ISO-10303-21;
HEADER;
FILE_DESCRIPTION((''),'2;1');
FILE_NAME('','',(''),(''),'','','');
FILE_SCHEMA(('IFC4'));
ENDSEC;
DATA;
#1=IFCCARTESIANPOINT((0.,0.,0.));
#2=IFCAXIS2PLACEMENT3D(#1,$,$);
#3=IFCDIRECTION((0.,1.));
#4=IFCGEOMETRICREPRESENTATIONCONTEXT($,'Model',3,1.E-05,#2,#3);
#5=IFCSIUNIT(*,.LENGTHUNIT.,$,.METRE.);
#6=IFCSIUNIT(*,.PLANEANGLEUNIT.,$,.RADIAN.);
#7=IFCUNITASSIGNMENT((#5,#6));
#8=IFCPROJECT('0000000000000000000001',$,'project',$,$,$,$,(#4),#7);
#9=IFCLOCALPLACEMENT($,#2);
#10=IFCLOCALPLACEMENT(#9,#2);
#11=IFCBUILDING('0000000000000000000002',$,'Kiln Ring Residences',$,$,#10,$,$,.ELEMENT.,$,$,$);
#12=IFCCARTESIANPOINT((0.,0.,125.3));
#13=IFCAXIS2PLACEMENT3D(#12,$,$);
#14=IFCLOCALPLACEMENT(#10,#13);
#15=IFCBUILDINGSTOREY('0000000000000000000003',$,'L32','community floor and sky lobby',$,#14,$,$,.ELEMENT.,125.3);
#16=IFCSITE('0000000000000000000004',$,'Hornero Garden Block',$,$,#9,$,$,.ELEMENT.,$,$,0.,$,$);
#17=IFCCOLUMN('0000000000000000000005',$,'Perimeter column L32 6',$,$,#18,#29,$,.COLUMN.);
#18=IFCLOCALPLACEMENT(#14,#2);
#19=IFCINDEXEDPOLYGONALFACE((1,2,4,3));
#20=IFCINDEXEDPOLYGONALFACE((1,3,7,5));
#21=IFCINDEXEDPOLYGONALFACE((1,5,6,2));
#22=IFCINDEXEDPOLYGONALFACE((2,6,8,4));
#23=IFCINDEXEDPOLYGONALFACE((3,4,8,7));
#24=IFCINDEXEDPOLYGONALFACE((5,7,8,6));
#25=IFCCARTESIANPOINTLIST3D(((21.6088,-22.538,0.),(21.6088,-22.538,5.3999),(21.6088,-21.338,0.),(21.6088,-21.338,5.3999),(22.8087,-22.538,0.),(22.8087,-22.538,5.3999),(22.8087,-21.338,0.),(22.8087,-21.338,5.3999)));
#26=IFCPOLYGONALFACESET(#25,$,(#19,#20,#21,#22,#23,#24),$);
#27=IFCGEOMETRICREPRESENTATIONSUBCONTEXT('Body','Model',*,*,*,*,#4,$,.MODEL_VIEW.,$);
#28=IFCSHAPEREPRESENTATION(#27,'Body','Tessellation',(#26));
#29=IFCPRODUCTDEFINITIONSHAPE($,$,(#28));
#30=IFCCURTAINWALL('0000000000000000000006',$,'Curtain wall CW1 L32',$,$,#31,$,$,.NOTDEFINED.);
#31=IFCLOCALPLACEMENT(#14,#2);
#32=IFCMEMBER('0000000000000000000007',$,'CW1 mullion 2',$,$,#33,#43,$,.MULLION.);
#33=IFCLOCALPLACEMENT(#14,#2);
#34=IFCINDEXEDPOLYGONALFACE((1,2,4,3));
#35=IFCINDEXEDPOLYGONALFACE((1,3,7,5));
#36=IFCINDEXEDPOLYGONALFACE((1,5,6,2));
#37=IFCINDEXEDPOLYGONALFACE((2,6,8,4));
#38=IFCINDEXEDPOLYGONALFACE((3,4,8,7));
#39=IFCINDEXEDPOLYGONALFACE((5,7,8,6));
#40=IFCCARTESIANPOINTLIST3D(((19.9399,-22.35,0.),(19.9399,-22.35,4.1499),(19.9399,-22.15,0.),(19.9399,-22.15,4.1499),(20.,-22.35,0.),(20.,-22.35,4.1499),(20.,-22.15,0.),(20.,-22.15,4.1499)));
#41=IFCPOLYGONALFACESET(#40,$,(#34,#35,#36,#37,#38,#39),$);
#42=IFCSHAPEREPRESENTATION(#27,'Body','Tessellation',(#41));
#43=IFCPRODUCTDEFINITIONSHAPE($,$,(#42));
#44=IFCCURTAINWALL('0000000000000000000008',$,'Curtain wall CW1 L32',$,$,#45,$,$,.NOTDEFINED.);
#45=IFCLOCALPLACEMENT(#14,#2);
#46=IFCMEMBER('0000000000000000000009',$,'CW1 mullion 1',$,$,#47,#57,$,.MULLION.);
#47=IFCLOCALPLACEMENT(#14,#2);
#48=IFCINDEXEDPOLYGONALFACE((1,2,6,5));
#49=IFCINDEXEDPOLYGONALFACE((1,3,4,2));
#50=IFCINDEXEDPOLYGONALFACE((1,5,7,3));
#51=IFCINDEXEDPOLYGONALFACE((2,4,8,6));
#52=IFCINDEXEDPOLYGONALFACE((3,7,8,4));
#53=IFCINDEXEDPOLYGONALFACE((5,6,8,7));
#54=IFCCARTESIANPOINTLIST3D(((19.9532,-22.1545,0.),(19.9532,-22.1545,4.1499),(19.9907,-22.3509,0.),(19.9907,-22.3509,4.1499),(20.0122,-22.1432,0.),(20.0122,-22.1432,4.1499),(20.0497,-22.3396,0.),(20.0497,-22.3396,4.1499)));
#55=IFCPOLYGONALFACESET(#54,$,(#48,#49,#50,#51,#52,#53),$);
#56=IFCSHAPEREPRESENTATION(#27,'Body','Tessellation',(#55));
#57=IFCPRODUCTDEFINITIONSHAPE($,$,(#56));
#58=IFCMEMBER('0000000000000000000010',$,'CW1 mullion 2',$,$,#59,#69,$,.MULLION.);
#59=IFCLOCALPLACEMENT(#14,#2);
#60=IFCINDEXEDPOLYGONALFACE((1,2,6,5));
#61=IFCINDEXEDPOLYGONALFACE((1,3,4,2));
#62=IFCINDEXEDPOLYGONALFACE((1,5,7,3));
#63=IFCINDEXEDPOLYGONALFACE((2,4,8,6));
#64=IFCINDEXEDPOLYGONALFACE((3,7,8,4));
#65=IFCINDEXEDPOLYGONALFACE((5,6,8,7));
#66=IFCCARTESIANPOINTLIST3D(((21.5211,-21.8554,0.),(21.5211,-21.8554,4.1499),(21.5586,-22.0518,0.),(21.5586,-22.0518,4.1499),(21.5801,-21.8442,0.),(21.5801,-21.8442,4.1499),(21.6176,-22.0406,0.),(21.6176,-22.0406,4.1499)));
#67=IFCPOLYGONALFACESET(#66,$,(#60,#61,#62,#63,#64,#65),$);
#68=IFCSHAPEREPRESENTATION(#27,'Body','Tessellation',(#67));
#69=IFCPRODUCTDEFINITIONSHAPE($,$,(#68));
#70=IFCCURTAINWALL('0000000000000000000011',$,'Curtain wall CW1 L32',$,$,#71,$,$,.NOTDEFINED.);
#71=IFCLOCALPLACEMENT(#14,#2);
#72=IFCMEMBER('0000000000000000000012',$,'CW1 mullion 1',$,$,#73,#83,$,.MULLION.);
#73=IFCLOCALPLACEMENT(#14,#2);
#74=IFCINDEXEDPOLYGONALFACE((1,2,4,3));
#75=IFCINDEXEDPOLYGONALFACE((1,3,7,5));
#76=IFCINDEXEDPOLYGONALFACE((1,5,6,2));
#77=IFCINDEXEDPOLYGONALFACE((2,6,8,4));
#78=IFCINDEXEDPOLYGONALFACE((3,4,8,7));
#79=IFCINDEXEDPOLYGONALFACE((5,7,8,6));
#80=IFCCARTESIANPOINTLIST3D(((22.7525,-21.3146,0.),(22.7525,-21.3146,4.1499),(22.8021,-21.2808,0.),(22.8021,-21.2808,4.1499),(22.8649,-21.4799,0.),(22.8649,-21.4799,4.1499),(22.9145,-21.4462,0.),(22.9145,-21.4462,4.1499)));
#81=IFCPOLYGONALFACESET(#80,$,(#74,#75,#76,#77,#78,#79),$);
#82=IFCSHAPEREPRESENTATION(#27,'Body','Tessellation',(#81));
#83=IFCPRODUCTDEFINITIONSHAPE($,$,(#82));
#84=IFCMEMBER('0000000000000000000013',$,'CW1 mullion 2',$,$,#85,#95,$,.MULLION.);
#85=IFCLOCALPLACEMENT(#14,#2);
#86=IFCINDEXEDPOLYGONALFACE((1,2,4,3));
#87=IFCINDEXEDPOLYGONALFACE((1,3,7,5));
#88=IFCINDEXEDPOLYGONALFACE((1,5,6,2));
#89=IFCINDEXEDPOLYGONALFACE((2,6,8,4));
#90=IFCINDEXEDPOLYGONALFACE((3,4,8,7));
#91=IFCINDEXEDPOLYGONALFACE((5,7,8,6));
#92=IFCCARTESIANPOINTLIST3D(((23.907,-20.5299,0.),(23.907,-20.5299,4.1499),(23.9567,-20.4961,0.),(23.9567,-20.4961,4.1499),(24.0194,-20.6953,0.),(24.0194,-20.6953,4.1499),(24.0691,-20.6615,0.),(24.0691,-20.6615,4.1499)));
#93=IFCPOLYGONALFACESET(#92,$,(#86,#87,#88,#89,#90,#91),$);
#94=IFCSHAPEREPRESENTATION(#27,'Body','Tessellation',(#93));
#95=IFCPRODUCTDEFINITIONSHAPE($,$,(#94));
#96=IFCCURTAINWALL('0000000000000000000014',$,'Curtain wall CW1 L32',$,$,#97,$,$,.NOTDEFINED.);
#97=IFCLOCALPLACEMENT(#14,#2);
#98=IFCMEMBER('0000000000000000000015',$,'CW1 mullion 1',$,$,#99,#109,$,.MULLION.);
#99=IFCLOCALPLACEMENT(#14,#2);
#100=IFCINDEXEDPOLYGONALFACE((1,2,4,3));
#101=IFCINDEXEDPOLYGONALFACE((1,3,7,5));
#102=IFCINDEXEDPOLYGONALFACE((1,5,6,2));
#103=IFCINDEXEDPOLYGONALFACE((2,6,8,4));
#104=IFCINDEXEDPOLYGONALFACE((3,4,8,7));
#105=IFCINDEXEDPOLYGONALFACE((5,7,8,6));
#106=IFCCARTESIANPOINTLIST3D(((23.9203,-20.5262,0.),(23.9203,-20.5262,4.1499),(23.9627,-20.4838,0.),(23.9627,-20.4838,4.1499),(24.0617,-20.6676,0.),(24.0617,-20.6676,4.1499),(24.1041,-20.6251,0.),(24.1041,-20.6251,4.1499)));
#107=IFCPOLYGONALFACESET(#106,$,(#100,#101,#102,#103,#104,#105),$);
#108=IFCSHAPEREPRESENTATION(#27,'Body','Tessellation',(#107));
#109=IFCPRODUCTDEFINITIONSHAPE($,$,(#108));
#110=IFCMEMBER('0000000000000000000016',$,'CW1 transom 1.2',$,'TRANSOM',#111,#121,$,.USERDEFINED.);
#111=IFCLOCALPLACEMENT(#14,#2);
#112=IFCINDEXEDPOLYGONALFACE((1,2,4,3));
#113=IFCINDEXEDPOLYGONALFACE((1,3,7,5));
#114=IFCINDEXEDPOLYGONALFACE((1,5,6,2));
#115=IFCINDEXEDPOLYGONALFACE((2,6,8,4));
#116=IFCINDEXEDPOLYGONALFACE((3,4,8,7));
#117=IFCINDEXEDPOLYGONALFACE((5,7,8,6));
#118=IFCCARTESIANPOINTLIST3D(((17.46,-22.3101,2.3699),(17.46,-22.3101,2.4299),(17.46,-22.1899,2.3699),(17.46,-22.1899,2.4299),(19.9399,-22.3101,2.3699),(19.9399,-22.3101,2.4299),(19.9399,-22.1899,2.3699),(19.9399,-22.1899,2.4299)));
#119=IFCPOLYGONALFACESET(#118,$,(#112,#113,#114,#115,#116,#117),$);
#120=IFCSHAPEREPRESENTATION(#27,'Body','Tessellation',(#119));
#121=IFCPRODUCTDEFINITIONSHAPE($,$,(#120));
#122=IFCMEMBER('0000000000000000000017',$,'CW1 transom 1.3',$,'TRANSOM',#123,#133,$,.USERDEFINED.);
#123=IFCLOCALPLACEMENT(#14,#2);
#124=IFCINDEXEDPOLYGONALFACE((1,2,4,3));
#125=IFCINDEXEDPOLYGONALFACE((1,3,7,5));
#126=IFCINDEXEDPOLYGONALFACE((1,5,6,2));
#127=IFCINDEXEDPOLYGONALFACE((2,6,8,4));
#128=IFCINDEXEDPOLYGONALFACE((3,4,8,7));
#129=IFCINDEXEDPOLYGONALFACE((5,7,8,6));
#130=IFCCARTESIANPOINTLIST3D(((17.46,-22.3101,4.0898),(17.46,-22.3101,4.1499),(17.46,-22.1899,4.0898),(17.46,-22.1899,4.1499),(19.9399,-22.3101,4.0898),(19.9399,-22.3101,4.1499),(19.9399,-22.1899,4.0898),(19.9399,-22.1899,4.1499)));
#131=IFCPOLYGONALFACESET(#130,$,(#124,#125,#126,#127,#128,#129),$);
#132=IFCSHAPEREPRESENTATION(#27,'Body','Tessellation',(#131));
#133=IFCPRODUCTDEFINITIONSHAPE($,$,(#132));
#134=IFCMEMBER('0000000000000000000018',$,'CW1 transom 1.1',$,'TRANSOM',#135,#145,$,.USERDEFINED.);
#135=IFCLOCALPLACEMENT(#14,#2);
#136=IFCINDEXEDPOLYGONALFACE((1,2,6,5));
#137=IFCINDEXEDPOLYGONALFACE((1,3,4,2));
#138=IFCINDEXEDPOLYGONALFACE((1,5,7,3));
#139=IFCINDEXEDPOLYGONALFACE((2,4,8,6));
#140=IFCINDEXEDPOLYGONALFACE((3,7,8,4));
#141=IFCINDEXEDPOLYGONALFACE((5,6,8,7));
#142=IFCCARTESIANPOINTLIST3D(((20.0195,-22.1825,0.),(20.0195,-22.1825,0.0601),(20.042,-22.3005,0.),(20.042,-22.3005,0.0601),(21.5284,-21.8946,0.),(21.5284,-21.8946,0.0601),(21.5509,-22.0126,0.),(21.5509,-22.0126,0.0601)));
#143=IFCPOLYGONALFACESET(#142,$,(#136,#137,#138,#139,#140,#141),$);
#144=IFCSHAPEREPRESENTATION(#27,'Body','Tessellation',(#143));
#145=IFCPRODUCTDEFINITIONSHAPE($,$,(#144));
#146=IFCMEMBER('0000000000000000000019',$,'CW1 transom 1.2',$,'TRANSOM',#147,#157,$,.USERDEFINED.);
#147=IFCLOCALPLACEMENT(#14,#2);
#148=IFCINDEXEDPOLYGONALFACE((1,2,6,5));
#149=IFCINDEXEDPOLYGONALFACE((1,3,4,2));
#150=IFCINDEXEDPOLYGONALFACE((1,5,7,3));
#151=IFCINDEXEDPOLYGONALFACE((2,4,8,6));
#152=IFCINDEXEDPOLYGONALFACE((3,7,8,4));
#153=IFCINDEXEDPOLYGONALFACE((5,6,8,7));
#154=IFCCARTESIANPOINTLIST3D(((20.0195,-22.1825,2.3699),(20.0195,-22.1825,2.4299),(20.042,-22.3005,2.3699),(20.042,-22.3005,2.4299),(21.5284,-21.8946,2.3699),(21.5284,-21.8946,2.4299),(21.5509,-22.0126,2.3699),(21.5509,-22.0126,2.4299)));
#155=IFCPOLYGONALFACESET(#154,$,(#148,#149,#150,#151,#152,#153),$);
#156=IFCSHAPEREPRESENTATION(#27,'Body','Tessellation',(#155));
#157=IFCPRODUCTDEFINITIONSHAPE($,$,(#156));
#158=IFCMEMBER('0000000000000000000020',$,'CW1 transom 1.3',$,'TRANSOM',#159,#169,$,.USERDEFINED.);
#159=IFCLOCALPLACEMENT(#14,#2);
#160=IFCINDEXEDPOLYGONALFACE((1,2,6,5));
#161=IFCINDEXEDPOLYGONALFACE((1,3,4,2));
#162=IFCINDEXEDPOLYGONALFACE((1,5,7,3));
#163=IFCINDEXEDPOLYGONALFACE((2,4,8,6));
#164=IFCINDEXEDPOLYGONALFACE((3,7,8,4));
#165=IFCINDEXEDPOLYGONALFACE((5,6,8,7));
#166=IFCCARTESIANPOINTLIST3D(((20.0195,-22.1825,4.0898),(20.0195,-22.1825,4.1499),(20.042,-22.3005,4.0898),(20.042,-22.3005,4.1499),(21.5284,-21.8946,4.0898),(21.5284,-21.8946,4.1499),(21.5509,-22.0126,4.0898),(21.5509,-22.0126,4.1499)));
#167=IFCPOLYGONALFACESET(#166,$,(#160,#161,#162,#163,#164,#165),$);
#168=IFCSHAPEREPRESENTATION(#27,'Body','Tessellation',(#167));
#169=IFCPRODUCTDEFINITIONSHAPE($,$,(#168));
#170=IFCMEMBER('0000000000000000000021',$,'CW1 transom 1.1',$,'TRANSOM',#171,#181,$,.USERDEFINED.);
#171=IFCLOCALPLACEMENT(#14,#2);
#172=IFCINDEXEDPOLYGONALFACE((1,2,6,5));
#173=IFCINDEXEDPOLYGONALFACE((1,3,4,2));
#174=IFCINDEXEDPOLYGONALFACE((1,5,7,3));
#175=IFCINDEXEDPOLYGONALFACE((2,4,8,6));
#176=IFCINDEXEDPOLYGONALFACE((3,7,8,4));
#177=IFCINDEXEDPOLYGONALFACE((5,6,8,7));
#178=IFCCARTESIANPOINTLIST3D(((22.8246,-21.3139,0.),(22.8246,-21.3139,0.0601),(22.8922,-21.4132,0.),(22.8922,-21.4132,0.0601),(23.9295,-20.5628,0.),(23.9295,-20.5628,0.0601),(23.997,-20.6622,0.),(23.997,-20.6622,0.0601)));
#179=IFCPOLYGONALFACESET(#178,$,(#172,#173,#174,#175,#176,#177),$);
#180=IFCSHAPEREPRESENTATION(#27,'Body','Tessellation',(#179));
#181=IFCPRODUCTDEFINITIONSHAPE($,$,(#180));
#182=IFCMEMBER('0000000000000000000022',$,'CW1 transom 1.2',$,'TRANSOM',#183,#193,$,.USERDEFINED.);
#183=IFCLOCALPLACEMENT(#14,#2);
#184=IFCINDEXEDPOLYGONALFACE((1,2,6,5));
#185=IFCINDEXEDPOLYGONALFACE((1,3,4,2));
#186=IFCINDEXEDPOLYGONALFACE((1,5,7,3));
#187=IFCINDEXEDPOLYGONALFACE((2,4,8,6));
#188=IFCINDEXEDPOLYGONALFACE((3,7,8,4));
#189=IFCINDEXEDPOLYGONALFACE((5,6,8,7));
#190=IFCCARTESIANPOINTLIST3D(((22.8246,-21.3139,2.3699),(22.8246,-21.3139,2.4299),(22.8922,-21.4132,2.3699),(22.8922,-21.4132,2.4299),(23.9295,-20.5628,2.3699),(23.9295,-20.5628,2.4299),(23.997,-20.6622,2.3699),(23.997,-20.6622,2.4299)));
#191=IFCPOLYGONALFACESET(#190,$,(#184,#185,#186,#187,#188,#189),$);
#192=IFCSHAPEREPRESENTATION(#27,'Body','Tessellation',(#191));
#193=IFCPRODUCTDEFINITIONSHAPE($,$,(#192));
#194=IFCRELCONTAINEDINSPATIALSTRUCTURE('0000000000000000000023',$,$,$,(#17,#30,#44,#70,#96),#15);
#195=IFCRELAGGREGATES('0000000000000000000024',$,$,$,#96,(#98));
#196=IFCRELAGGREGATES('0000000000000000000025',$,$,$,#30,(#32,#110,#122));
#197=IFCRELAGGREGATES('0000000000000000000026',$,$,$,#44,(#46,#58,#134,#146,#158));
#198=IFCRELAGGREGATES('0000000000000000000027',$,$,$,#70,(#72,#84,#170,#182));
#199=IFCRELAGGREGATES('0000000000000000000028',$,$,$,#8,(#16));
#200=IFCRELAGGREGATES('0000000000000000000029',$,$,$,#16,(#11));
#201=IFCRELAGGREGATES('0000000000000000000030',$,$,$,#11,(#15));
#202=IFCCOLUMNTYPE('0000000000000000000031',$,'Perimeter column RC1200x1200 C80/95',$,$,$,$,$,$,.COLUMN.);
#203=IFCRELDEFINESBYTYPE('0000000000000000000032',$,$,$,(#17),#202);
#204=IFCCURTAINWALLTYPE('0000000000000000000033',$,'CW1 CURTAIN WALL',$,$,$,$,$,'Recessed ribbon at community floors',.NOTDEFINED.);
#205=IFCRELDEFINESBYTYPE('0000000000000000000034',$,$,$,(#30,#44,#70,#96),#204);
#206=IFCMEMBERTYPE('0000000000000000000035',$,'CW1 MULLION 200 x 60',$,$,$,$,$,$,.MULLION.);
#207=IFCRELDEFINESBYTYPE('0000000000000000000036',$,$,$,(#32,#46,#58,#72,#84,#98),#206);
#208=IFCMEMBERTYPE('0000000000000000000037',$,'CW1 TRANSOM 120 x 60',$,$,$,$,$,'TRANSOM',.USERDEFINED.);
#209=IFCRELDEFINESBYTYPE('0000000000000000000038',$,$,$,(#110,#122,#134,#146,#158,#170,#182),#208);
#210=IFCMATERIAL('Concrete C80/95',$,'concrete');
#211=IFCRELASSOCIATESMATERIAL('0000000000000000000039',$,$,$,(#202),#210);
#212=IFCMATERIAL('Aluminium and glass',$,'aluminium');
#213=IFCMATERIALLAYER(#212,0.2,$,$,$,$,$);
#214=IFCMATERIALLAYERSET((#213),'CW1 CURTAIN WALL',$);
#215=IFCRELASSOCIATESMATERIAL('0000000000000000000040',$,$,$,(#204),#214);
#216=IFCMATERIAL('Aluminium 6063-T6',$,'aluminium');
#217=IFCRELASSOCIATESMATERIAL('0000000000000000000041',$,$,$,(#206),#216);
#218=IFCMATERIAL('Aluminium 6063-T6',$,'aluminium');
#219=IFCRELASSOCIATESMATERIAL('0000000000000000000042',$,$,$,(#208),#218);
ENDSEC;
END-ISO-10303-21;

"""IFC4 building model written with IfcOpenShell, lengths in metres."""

from ifc_helpers import new_model, si_unit, direction, frame, origin, origin_2d, place, context, subcontext, project, spatial, rectangle, extrude, material, layer, layer_set, material_profile, profile_set, type_object, element, aggregate, save


model = new_model("IFC4")

# Units and contexts
model_context = context("Model", 3, precision=1e-05, world=origin(), true_north=direction((0.0, 1.0)))
body_context = subcontext(model_context, "Body", "Model", "MODEL_VIEW")
ifc_project = project(units=[si_unit("LENGTHUNIT", "METRE"), si_unit("PLANEANGLEUNIT", "RADIAN")], contexts=[model_context])

# Site, building, storey
site_placement = place(None, origin())
site = spatial("IfcSite", under=ifc_project, at=site_placement, Name="Hornero Garden Block", CompositionType="ELEMENT", RefElevation=0.0)
building_placement = place(site_placement, origin())
building = spatial("IfcBuilding", under=site, at=building_placement, Name="Kiln Ring Residences", CompositionType="ELEMENT")
storey_placement = place(building_placement, frame((0.0, 0.0, 125.3)))
storey = spatial("IfcBuildingStorey", under=building, at=storey_placement, Name="L32", Description="community floor and sky lobby", CompositionType="ELEMENT", Elevation=125.3)

# Column
ifc_material_1 = material(Name="Concrete C80/95", Category="concrete")
ifc_material_profile_1 = material_profile(ifc_material_1, rectangle(XDim=1.2, YDim=1.2, at=origin_2d()), Name="RC1200x1200")
ifc_profile_set_1 = profile_set([ifc_material_profile_1], Name="Concrete C80/95")
column_type = type_object("IfcColumnType", Name="Perimeter column RC1200x1200 C80/95", PredefinedType="COLUMN", material=ifc_profile_set_1)
column_placement = place(storey_placement, frame((22.2087, -21.938, 0.0), z_axis=(0.0, 0.0, 1.0), x_axis=(1.0, 0.0, 0.0)))
element("IfcColumn", 1, at=column_placement, inside=storey, type_object=column_type, Name="Perimeter column L32 6", PredefinedType="COLUMN", context=body_context, shape_type="SweptSolid", body=[
    extrude(rectangle(XDim=1.2, YDim=1.2, at=origin_2d()), origin(), (0.0, 0.0, 1.0), 5.3999),
])

# Curtain wall, member
ifc_material_2 = material(Name="Aluminium and glass", Category="aluminium")
ifc_layer_1 = layer(ifc_material_2, 0.2)
ifc_layer_set_1 = layer_set([ifc_layer_1], Name="CW1 CURTAIN WALL")
curtain_wall_type = type_object("IfcCurtainWallType", Name="CW1 CURTAIN WALL", ElementType="Recessed ribbon at community floors", PredefinedType="NOTDEFINED", material=ifc_layer_set_1)
placement = place(storey_placement, origin())
curtain_wall_1 = element("IfcCurtainWall", 2, at=placement, inside=storey, type_object=curtain_wall_type, Name="Curtain wall CW1 L32", PredefinedType="NOTDEFINED")
ifc_material_3 = material(Name="Aluminium 6063-T6", Category="aluminium")
ifc_material_profile_2 = material_profile(ifc_material_3, rectangle(XDim=0.2, YDim=0.0601, at=origin_2d()), Name="AL 200x60")
ifc_profile_set_2 = profile_set([ifc_material_profile_2], Name="Aluminium 6063-T6")
member_type_1 = type_object("IfcMemberType", Name="CW1 MULLION 200 x 60", PredefinedType="MULLION", material=ifc_profile_set_2)
member_1_placement = place(storey_placement, frame((19.97, -22.25, 0.0), z_axis=(0.0, 0.0, 1.0), x_axis=(0.0, 1.0, 0.0)))
member_1 = element("IfcMember", 3, at=member_1_placement, type_object=member_type_1, Name="CW1 mullion 2", PredefinedType="MULLION", context=body_context, shape_type="SweptSolid", body=[
    extrude(rectangle(XDim=0.2, YDim=0.0601, at=origin_2d()), origin(), (0.0, 0.0, 1.0), 4.1499),
])

# Curtain walls, members
curtain_wall_2 = element("IfcCurtainWall", 4, at=placement, inside=storey, type_object=curtain_wall_type, Name="Curtain wall CW1 L32", PredefinedType="NOTDEFINED")
member_2_placement = place(storey_placement, frame((20.0015, -22.2471, 0.0), z_axis=(0.0, 0.0, 1.0), x_axis=(-0.187366, 0.98229, 0.0)))
member_2 = element("IfcMember", 5, at=member_2_placement, type_object=member_type_1, Name="CW1 mullion 1", PredefinedType="MULLION", context=body_context, shape_type="SweptSolid", body=[
    extrude(rectangle(XDim=0.2, YDim=0.0601, at=origin_2d()), origin(), (0.0, 0.0, 1.0), 4.1499),
])
member_3_placement = place(storey_placement, frame((21.5693, -21.948, 0.0), z_axis=(0.0, 0.0, 1.0), x_axis=(-0.187366, 0.98229, 0.0)))
member_3 = element("IfcMember", 6, at=member_3_placement, type_object=member_type_1, Name="CW1 mullion 2", PredefinedType="MULLION", context=body_context, shape_type="SweptSolid", body=[
    extrude(rectangle(XDim=0.2, YDim=0.0601, at=origin_2d()), origin(), (0.0, 0.0, 1.0), 4.1499),
])
curtain_wall_3 = element("IfcCurtainWall", 7, at=placement, inside=storey, type_object=curtain_wall_type, Name="Curtain wall CW1 L32", PredefinedType="NOTDEFINED")
member_4_placement = place(storey_placement, frame((22.8335, -21.3804, 0.0), z_axis=(0.0, 0.0, 1.0), x_axis=(-0.562097, 0.827072, 0.0)))
member_4 = element("IfcMember", 8, at=member_4_placement, type_object=member_type_1, Name="CW1 mullion 1", PredefinedType="MULLION", context=body_context, shape_type="SweptSolid", body=[
    extrude(rectangle(XDim=0.2, YDim=0.0601, at=origin_2d()), origin(), (0.0, 0.0, 1.0), 4.1499),
])
member_5_placement = place(storey_placement, frame((23.988, -20.5957, 0.0), z_axis=(0.0, 0.0, 1.0), x_axis=(-0.562097, 0.827072, 0.0)))
member_5 = element("IfcMember", 9, at=member_5_placement, type_object=member_type_1, Name="CW1 mullion 2", PredefinedType="MULLION", context=body_context, shape_type="SweptSolid", body=[
    extrude(rectangle(XDim=0.2, YDim=0.0601, at=origin_2d()), origin(), (0.0, 0.0, 1.0), 4.1499),
])

# Curtain wall, member
curtain_wall_4 = element("IfcCurtainWall", 10, at=placement, inside=storey, type_object=curtain_wall_type, Name="Curtain wall CW1 L32", PredefinedType="NOTDEFINED")
member_6_placement = place(storey_placement, frame((24.0122, -20.5757, 0.0), z_axis=(0.0, 0.0, 1.0), x_axis=(-0.707107, 0.707107, 0.0)))
member_6 = element("IfcMember", 11, at=member_6_placement, type_object=member_type_1, Name="CW1 mullion 1", PredefinedType="MULLION", context=body_context, shape_type="SweptSolid", body=[
    extrude(rectangle(XDim=0.2, YDim=0.0601, at=origin_2d()), origin(), (0.0, 0.0, 1.0), 4.1499),
])

# Members
ifc_material_4 = material(Name="Aluminium 6063-T6", Category="aluminium")
ifc_material_profile_3 = material_profile(ifc_material_4, rectangle(XDim=0.1201, YDim=0.0601, at=origin_2d()), Name="AL 120x60")
ifc_profile_set_3 = profile_set([ifc_material_profile_3], Name="Aluminium 6063-T6")
member_type_2 = type_object("IfcMemberType", Name="CW1 TRANSOM 120 x 60", ElementType="TRANSOM", PredefinedType="USERDEFINED", material=ifc_profile_set_3)
member_7_placement = place(storey_placement, frame((17.46, -22.25, 2.3999), z_axis=(1.0, 0.0, 0.0), x_axis=(0.0, 1.0, 0.0)))
member_7 = element("IfcMember", 12, at=member_7_placement, type_object=member_type_2, Name="CW1 transom 1.2", ObjectType="TRANSOM", PredefinedType="USERDEFINED", context=body_context, shape_type="SweptSolid", body=[
    extrude(rectangle(XDim=0.1201, YDim=0.0601, at=origin_2d()), origin(), (0.0, 0.0, 1.0), 2.48),
])
member_8_placement = place(storey_placement, frame((17.46, -22.25, 4.1199), z_axis=(1.0, 0.0, 0.0), x_axis=(0.0, 1.0, 0.0)))
member_8 = element("IfcMember", 13, at=member_8_placement, type_object=member_type_2, Name="CW1 transom 1.3", ObjectType="TRANSOM", PredefinedType="USERDEFINED", context=body_context, shape_type="SweptSolid", body=[
    extrude(rectangle(XDim=0.1201, YDim=0.0601, at=origin_2d()), origin(), (0.0, 0.0, 1.0), 2.48),
])
member_9_placement = place(storey_placement, frame((20.0308, -22.2415, 0.03), z_axis=(0.98229, 0.187368, 0.0), x_axis=(-0.187368, 0.98229, 0.0)))
member_9 = element("IfcMember", 14, at=member_9_placement, type_object=member_type_2, Name="CW1 transom 1.1", ObjectType="TRANSOM", PredefinedType="USERDEFINED", context=body_context, shape_type="SweptSolid", body=[
    extrude(rectangle(XDim=0.1201, YDim=0.0601, at=origin_2d()), origin(), (0.0, 0.0, 1.0), 1.5361),
])
member_10_placement = place(storey_placement, frame((20.0308, -22.2415, 2.3999), z_axis=(0.98229, 0.187368, 0.0), x_axis=(-0.187368, 0.98229, 0.0)))
member_10 = element("IfcMember", 15, at=member_10_placement, type_object=member_type_2, Name="CW1 transom 1.2", ObjectType="TRANSOM", PredefinedType="USERDEFINED", context=body_context, shape_type="SweptSolid", body=[
    extrude(rectangle(XDim=0.1201, YDim=0.0601, at=origin_2d()), origin(), (0.0, 0.0, 1.0), 1.5361),
])
member_11_placement = place(storey_placement, frame((20.0308, -22.2415, 4.1199), z_axis=(0.98229, 0.187368, 0.0), x_axis=(-0.187368, 0.98229, 0.0)))
member_11 = element("IfcMember", 16, at=member_11_placement, type_object=member_type_2, Name="CW1 transom 1.3", ObjectType="TRANSOM", PredefinedType="USERDEFINED", context=body_context, shape_type="SweptSolid", body=[
    extrude(rectangle(XDim=0.1201, YDim=0.0601, at=origin_2d()), origin(), (0.0, 0.0, 1.0), 1.5361),
])
member_12_placement = place(storey_placement, frame((22.8584, -21.3635, 0.03), z_axis=(0.827011, 0.562185, 0.0), x_axis=(-0.562185, 0.827011, 0.0)))
member_12 = element("IfcMember", 17, at=member_12_placement, type_object=member_type_2, Name="CW1 transom 1.1", ObjectType="TRANSOM", PredefinedType="USERDEFINED", context=body_context, shape_type="SweptSolid", body=[
    extrude(rectangle(XDim=0.1201, YDim=0.0601, at=origin_2d()), origin(), (0.0, 0.0, 1.0), 1.3359),
])
member_13_placement = place(storey_placement, frame((22.8584, -21.3635, 2.3999), z_axis=(0.827011, 0.562185, 0.0), x_axis=(-0.562185, 0.827011, 0.0)))
member_13 = element("IfcMember", 18, at=member_13_placement, type_object=member_type_2, Name="CW1 transom 1.2", ObjectType="TRANSOM", PredefinedType="USERDEFINED", context=body_context, shape_type="SweptSolid", body=[
    extrude(rectangle(XDim=0.1201, YDim=0.0601, at=origin_2d()), origin(), (0.0, 0.0, 1.0), 1.3359),
])
aggregate(curtain_wall_4, [member_6])

aggregate(curtain_wall_1, [member_1, member_7, member_8])
aggregate(curtain_wall_2, [member_2, member_3, member_9, member_10, member_11])
aggregate(curtain_wall_3, [member_4, member_5, member_12, member_13])

save(model, "model.ifc")
